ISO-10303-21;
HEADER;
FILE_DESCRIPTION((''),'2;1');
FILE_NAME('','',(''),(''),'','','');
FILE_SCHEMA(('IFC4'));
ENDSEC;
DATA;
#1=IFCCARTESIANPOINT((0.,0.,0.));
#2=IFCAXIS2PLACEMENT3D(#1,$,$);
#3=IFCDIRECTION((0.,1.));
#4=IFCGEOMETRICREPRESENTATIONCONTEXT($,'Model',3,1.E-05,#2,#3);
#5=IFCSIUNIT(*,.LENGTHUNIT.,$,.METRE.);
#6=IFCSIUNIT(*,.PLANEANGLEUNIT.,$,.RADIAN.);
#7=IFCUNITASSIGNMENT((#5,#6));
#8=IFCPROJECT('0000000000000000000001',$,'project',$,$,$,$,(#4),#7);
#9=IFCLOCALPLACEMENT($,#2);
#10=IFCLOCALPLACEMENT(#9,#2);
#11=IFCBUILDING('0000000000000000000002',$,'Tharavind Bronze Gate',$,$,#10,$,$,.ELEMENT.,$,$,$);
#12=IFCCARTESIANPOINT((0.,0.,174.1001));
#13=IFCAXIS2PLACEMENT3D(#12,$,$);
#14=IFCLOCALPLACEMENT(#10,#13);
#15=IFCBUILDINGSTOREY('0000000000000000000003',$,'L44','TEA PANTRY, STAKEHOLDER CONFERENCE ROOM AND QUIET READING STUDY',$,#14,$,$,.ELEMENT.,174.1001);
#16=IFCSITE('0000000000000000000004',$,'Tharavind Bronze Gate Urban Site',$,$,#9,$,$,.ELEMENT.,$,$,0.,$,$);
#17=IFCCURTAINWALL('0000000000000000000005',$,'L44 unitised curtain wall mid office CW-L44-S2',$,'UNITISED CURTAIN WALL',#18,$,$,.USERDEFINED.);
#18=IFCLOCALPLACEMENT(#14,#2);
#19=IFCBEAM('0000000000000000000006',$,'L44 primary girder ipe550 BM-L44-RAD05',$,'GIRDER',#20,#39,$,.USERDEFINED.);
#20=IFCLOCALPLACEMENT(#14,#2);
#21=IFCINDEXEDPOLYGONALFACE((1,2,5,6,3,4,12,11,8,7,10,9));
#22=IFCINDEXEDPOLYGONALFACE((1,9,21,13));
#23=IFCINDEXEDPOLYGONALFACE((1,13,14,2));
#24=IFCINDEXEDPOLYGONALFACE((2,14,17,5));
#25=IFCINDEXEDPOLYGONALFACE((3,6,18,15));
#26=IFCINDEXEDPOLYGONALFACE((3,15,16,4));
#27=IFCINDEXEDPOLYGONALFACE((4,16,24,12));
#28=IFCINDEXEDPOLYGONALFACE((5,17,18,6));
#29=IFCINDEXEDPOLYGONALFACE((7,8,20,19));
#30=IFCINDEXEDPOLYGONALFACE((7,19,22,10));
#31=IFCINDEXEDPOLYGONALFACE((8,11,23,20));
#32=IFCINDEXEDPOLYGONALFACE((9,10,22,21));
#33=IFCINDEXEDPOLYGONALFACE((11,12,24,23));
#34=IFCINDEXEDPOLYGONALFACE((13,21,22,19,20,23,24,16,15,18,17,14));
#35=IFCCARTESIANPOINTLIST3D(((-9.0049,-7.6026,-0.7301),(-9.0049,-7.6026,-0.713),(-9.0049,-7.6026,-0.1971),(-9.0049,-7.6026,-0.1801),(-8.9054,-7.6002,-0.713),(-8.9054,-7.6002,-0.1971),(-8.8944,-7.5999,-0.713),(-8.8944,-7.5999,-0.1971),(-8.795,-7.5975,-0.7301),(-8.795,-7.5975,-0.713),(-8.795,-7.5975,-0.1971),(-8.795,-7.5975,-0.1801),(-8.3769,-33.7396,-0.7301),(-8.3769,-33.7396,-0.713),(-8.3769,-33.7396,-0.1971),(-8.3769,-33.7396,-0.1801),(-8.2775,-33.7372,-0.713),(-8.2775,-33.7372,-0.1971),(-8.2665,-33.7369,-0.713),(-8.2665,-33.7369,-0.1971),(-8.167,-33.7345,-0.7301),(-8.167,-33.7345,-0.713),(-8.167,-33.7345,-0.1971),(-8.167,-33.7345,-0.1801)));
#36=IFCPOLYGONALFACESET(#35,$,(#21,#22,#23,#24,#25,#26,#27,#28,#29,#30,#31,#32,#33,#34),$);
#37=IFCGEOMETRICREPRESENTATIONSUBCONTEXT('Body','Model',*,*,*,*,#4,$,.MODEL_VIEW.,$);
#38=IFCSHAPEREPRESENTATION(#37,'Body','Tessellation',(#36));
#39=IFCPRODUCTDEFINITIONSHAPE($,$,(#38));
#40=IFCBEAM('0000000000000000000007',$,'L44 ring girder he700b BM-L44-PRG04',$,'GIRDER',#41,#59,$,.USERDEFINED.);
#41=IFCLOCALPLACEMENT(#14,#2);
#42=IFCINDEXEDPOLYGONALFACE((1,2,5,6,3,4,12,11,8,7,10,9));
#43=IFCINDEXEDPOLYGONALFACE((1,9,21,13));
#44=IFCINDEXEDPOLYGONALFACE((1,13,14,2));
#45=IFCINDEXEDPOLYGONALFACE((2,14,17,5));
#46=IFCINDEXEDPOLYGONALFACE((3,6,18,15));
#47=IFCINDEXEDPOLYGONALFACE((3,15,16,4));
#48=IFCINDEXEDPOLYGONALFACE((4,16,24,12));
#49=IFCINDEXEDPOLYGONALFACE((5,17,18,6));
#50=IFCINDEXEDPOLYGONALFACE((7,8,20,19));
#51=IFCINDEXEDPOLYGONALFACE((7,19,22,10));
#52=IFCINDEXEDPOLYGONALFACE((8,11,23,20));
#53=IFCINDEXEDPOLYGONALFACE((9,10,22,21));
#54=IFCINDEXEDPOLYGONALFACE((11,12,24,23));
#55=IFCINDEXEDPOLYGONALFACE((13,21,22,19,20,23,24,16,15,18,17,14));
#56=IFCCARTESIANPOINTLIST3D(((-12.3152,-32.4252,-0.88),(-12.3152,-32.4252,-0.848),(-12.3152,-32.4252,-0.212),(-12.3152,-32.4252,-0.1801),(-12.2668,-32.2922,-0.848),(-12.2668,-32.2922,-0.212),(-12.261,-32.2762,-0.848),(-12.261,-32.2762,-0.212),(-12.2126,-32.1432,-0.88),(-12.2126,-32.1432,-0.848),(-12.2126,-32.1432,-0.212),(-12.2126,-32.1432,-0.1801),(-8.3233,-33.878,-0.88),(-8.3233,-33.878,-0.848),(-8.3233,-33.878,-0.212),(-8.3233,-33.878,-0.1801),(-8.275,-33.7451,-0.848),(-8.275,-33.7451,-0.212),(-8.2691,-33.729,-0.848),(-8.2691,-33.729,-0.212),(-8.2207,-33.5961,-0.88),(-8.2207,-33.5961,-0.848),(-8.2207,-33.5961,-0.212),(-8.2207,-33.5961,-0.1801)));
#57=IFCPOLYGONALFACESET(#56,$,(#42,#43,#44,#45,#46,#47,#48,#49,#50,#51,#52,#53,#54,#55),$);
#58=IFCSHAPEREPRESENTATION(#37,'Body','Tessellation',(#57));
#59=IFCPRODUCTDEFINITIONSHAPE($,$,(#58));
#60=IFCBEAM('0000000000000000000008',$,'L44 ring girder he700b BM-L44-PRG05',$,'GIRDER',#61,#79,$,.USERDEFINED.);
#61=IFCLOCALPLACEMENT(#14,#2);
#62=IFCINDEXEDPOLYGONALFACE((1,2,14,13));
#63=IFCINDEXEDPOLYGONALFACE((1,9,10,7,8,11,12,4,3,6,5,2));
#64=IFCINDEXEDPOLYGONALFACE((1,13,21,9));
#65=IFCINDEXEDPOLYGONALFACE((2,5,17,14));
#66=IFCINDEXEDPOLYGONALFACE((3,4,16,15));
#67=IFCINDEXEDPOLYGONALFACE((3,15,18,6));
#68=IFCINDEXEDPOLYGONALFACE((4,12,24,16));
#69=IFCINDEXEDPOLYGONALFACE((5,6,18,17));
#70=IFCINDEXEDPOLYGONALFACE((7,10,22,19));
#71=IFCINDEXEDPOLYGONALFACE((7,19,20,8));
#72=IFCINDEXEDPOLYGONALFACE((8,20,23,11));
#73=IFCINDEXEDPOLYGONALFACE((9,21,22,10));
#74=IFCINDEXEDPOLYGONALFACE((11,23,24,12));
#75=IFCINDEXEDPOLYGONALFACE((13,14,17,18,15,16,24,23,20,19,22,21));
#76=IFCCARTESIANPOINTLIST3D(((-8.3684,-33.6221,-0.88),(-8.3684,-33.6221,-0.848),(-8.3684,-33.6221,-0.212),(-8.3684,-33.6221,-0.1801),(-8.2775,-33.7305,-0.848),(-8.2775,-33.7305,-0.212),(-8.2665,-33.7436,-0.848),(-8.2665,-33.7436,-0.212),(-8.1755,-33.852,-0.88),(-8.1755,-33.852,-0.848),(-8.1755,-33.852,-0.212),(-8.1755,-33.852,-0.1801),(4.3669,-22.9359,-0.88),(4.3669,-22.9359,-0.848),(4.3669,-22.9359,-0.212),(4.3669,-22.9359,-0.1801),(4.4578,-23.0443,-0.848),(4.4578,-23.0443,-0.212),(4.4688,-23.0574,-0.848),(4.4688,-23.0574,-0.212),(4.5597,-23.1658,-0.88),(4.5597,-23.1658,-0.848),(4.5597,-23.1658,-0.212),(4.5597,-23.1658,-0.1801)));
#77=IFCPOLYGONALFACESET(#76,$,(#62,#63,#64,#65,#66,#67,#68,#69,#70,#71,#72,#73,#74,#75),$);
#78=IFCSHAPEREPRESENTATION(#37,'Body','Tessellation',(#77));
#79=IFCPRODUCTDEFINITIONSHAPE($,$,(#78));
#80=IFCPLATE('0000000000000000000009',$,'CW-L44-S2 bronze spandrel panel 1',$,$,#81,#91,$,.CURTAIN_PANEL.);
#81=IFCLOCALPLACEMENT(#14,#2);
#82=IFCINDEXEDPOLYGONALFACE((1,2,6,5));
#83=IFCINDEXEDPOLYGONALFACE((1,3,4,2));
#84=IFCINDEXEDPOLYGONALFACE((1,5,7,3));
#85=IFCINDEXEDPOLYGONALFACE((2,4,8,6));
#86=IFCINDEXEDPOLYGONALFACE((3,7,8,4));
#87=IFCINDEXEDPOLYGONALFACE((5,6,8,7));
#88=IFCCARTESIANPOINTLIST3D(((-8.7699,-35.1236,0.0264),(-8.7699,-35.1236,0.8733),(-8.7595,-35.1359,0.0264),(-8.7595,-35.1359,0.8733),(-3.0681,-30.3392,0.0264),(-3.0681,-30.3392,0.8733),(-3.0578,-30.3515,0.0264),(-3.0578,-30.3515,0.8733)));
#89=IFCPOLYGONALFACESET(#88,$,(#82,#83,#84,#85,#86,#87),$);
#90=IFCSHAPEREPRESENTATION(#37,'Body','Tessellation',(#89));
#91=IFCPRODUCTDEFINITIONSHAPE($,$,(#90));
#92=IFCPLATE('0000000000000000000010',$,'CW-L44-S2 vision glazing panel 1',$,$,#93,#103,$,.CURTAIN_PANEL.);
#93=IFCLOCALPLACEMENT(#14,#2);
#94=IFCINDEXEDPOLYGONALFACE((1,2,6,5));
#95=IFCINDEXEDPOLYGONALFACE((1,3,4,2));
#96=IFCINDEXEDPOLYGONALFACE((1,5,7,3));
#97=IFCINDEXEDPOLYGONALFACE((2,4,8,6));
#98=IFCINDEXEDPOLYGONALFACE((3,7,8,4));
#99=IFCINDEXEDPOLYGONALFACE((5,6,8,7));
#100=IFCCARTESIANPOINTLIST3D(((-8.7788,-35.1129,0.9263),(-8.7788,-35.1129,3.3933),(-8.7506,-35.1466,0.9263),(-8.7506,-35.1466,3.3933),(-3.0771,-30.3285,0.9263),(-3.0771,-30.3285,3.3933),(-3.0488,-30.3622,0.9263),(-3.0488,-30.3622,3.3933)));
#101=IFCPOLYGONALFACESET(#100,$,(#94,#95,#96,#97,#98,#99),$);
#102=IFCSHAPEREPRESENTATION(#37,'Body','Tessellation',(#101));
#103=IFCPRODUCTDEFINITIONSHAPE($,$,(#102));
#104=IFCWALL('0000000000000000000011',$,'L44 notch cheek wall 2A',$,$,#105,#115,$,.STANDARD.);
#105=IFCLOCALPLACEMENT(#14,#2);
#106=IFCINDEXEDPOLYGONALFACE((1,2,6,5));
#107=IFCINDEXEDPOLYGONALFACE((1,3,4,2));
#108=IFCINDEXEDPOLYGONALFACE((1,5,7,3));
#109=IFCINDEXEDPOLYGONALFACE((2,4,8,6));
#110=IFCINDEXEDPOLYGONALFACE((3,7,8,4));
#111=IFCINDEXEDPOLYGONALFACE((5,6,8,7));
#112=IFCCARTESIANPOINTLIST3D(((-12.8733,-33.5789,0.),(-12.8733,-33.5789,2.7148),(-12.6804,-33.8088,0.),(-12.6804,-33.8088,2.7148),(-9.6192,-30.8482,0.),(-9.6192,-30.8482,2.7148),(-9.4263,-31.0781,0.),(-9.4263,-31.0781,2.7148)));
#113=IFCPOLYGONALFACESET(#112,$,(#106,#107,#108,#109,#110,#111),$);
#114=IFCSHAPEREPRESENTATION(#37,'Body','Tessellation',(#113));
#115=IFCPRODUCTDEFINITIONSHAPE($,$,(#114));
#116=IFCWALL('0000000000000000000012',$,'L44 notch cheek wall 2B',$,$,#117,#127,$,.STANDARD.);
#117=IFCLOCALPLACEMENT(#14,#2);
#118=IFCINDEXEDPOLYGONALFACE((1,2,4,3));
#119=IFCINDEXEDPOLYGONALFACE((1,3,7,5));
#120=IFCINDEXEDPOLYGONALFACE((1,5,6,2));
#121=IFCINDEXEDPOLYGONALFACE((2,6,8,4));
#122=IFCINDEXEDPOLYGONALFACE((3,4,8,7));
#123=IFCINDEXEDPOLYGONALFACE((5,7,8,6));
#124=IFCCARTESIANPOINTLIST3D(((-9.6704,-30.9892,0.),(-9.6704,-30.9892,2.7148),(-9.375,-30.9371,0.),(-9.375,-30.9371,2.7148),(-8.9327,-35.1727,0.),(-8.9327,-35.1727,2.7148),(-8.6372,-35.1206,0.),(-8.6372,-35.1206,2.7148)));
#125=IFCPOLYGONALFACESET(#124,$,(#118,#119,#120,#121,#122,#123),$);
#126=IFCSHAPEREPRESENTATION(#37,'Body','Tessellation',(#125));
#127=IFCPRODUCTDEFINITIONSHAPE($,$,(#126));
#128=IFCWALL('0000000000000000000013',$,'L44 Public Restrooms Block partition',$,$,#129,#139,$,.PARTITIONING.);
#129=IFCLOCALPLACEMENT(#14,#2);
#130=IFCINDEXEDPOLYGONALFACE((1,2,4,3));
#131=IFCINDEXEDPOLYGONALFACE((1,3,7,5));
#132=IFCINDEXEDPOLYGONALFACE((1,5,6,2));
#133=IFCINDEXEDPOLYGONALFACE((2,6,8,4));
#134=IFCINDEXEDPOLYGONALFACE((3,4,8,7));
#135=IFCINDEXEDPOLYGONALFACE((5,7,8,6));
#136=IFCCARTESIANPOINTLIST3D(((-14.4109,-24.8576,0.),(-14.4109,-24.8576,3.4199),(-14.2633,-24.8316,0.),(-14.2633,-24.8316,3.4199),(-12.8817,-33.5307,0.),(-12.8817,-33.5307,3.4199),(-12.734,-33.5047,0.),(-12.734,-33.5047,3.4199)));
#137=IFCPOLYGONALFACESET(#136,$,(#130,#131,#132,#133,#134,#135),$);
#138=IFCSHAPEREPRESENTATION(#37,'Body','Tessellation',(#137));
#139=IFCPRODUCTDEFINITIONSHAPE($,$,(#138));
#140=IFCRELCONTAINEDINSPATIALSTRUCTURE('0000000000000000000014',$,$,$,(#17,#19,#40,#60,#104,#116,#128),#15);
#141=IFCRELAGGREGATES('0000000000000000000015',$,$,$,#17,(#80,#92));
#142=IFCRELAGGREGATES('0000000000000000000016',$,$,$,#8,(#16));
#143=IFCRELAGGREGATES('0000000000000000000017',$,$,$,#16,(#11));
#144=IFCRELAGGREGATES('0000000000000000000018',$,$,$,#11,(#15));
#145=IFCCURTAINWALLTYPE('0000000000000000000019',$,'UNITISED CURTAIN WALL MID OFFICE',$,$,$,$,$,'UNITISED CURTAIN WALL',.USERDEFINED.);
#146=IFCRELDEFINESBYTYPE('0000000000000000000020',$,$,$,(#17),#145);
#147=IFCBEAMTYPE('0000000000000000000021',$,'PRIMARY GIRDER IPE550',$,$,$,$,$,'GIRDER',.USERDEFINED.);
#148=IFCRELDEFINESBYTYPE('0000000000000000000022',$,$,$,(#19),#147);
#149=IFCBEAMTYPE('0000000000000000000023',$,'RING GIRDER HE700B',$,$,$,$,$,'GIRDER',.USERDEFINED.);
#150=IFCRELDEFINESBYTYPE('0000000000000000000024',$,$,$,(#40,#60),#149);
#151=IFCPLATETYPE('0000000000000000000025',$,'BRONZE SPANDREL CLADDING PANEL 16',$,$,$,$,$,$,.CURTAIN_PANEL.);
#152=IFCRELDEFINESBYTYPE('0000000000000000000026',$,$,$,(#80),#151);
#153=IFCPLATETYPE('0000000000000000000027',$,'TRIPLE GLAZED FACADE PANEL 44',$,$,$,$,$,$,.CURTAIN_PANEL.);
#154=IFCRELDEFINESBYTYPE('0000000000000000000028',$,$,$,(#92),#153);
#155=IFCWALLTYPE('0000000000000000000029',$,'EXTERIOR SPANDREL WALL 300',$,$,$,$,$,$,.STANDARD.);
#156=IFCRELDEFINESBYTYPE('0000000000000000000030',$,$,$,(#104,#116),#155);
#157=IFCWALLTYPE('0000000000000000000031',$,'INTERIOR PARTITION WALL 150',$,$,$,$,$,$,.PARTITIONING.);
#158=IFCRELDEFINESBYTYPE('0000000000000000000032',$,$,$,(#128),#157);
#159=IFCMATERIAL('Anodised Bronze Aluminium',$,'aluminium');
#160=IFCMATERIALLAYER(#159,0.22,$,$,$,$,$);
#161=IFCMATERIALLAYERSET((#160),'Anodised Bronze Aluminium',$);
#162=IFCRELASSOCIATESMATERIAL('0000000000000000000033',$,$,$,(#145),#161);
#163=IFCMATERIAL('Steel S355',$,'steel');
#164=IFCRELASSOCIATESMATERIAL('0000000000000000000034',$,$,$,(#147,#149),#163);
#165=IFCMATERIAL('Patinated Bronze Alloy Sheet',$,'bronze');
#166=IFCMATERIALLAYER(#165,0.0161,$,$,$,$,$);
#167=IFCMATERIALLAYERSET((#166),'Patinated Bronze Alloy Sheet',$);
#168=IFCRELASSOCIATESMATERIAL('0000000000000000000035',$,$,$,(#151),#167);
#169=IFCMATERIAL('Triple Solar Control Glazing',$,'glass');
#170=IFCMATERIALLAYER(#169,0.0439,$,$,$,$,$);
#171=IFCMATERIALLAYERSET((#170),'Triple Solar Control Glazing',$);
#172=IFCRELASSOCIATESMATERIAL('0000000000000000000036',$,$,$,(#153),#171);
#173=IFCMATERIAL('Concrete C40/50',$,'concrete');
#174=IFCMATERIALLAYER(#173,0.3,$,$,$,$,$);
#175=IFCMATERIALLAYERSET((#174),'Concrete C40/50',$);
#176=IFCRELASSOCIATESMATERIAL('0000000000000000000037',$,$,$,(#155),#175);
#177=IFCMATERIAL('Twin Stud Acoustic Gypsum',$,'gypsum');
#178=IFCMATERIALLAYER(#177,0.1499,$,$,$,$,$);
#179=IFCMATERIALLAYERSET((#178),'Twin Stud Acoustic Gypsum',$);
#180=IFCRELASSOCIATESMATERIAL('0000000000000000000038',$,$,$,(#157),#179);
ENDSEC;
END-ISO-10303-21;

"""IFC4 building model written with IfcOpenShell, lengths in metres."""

from ifc_helpers import new_model, si_unit, direction, frame, frame_2d, origin, origin_2d, place, context, subcontext, project, spatial, rectangle, i_section, extrude, material, layer, layer_set, material_profile, profile_set, type_object, element, aggregate, save


model = new_model("IFC4")

# Units and contexts
model_context = context("Model", 3, precision=1e-05, world=origin(), true_north=direction((0.0, 1.0)))
body_context = subcontext(model_context, "Body", "Model", "MODEL_VIEW")
ifc_project = project(units=[si_unit("LENGTHUNIT", "METRE"), si_unit("PLANEANGLEUNIT", "RADIAN")], contexts=[model_context])

# Site, building, storey
site_placement = place(None, origin())
site = spatial("IfcSite", under=ifc_project, at=site_placement, Name="Tharavind Bronze Gate Urban Site", CompositionType="ELEMENT", RefElevation=0.0)
building_placement = place(site_placement, origin())
building = spatial("IfcBuilding", under=site, at=building_placement, Name="Tharavind Bronze Gate", CompositionType="ELEMENT")
storey_placement = place(building_placement, frame((0.0, 0.0, 174.1001)))
storey = spatial("IfcBuildingStorey", under=building, at=storey_placement, Name="L44", Description="TEA PANTRY, STAKEHOLDER CONFERENCE ROOM AND QUIET READING STUDY", CompositionType="ELEMENT", Elevation=174.1001)

# Shared definitions
ifc_material_1 = material(Name="Anodised Bronze Aluminium", Category="aluminium")
ifc_layer_1 = layer(ifc_material_1, 0.22)
ifc_layer_set_1 = layer_set([ifc_layer_1], Name="Anodised Bronze Aluminium")
curtain_wall_type = type_object("IfcCurtainWallType", Name="UNITISED CURTAIN WALL MID OFFICE", ElementType="UNITISED CURTAIN WALL", PredefinedType="USERDEFINED", material=ifc_layer_set_1)

# Curtain wall
curtain_wall_1_placement = place(storey_placement, origin())
curtain_wall_1 = element("IfcCurtainWall", 1, at=curtain_wall_1_placement, inside=storey, type_object=curtain_wall_type, Name="L44 unitised curtain wall mid office CW-L44-S2", ObjectType="UNITISED CURTAIN WALL", PredefinedType="USERDEFINED")

# Beams
ifc_material_2 = material(Name="Steel S355", Category="steel")
ifc_material_profile_1 = material_profile(ifc_material_2, i_section(OverallWidth=0.21, OverallDepth=0.55, WebThickness=0.011, FlangeThickness=0.0171, at=origin_2d()), Name="IPE550")
ifc_profile_set_1 = profile_set([ifc_material_profile_1], Name="Steel S355")
beam_type_1 = type_object("IfcBeamType", Name="PRIMARY GIRDER IPE550", ElementType="GIRDER", PredefinedType="USERDEFINED", material=ifc_profile_set_1)
beam_1_placement = place(storey_placement, frame((-8.272, -33.7371, -0.4551), z_axis=(-0.024018, 0.999712, 0.0), x_axis=(-0.999712, -0.024018, 0.0)))
element("IfcBeam", 2, at=beam_1_placement, inside=storey, type_object=beam_type_1, Name="L44 primary girder ipe550 BM-L44-RAD05", ObjectType="GIRDER", PredefinedType="USERDEFINED", context=body_context, shape_type="SweptSolid", body=[
    extrude(i_section(OverallWidth=0.21, OverallDepth=0.55, WebThickness=0.011, FlangeThickness=0.0171, at=origin_2d()), origin(), (0.0, 0.0, 1.0), 26.1445),
])
ifc_material_profile_2 = material_profile(ifc_material_2, i_section(OverallWidth=0.3, OverallDepth=0.7, WebThickness=0.0171, FlangeThickness=0.032, at=origin_2d()), Name="HE700B")
ifc_profile_set_2 = profile_set([ifc_material_profile_2], Name="Steel S355")
beam_type_2 = type_object("IfcBeamType", Name="RING GIRDER HE700B", ElementType="GIRDER", PredefinedType="USERDEFINED", material=ifc_profile_set_2)
beam_2_placement = place(storey_placement, frame((-12.2639, -32.2842, -0.53), z_axis=(0.939698, -0.342006, 0.0), x_axis=(0.342006, 0.939698, 0.0)))
element("IfcBeam", 3, at=beam_2_placement, inside=storey, type_object=beam_type_2, Name="L44 ring girder he700b BM-L44-PRG04", ObjectType="GIRDER", PredefinedType="USERDEFINED", context=body_context, shape_type="SweptSolid", body=[
    extrude(i_section(OverallWidth=0.3, OverallDepth=0.7, WebThickness=0.0171, FlangeThickness=0.032, at=origin_2d()), origin(), (0.0, 0.0, 1.0), 4.248),
])
beam_3_placement = place(storey_placement, frame((-8.272, -33.7371, -0.53), z_axis=(0.766043, 0.642789, 0.0), x_axis=(-0.642789, 0.766043, 0.0)))
element("IfcBeam", 4, at=beam_3_placement, inside=storey, type_object=beam_type_2, Name="L44 ring girder he700b BM-L44-PRG05", ObjectType="GIRDER", PredefinedType="USERDEFINED", context=body_context, shape_type="SweptSolid", body=[
    extrude(i_section(OverallWidth=0.3, OverallDepth=0.7, WebThickness=0.0171, FlangeThickness=0.032, at=origin_2d()), origin(), (0.0, 0.0, 1.0), 16.6248),
])

# Plates
ifc_material_3 = material(Name="Patinated Bronze Alloy Sheet", Category="bronze")
ifc_layer_2 = layer(ifc_material_3, 0.0161)
ifc_layer_set_2 = layer_set([ifc_layer_2], Name="Patinated Bronze Alloy Sheet")
plate_type_1 = type_object("IfcPlateType", Name="BRONZE SPANDREL CLADDING PANEL 16", PredefinedType="CURTAIN_PANEL", material=ifc_layer_set_2)
plate_1_placement = place(storey_placement, frame((-5.9138, -32.7375, 0.0264), z_axis=(0.0, 0.0, 1.0), x_axis=(0.766043, 0.642789, 0.0)))
plate_1 = element("IfcPlate", 5, at=plate_1_placement, type_object=plate_type_1, Name="CW-L44-S2 bronze spandrel panel 1", PredefinedType="CURTAIN_PANEL", context=body_context, shape_type="SweptSolid", body=[
    extrude(rectangle(XDim=7.4431, YDim=0.0161, at=origin_2d()), origin(), (0.0, 0.0, 1.0), 0.8469),
])
ifc_material_4 = material(Name="Triple Solar Control Glazing", Category="glass")
ifc_layer_3 = layer(ifc_material_4, 0.0439)
ifc_layer_set_3 = layer_set([ifc_layer_3], Name="Triple Solar Control Glazing")
plate_type_2 = type_object("IfcPlateType", Name="TRIPLE GLAZED FACADE PANEL 44", PredefinedType="CURTAIN_PANEL", material=ifc_layer_set_3)
plate_2_placement = place(storey_placement, frame((-5.9138, -32.7375, 0.9263), z_axis=(0.0, 0.0, 1.0), x_axis=(0.766043, 0.642789, 0.0)))
plate_2 = element("IfcPlate", 6, at=plate_2_placement, type_object=plate_type_2, Name="CW-L44-S2 vision glazing panel 1", PredefinedType="CURTAIN_PANEL", context=body_context, shape_type="SweptSolid", body=[
    extrude(rectangle(XDim=7.4431, YDim=0.0439, at=origin_2d()), origin(), (0.0, 0.0, 1.0), 2.467),
])
aggregate(curtain_wall_1, [plate_1, plate_2])

# Walls
ifc_material_5 = material(Name="Concrete C40/50", Category="concrete")
ifc_layer_4 = layer(ifc_material_5, 0.3)
ifc_layer_set_4 = layer_set([ifc_layer_4], Name="Concrete C40/50")
wall_type_1 = type_object("IfcWallType", Name="EXTERIOR SPANDREL WALL 300", PredefinedType="STANDARD", material=ifc_layer_set_4)
for number, where, z_axis, x_axis, name in (
    (7, (-12.7769, -33.6938, 0.0), (0.0, 0.0, 1.0), (0.766026, 0.642809, 0.0), "L44 notch cheek wall 2A"),
    (8, (-9.5227, -30.9631, 0.0), (0.0, 0.0, 1.0), (0.173674, -0.984803, 0.0), "L44 notch cheek wall 2B"),
):
    element("IfcWall", number, at=place(storey_placement, frame(where, z_axis=z_axis, x_axis=x_axis)), inside=storey, type_object=wall_type_1, Name=name, PredefinedType="STANDARD", context=body_context, shape_type="SweptSolid", body=[
        extrude(rectangle(XDim=4.248, YDim=0.3, at=frame_2d((2.124, 0.0))), origin(), (0.0, 0.0, 1.0), 2.7148),
    ])
ifc_material_6 = material(Name="Twin Stud Acoustic Gypsum", Category="gypsum")
ifc_layer_5 = layer(ifc_material_6, 0.1499)
ifc_layer_set_5 = layer_set([ifc_layer_5], Name="Twin Stud Acoustic Gypsum")
wall_type_2 = type_object("IfcWallType", Name="INTERIOR PARTITION WALL 150", PredefinedType="PARTITIONING", material=ifc_layer_set_5)
wall_placement = place(storey_placement, frame((-12.8079, -33.5176, 0.0), z_axis=(0.0, 0.0, 1.0), x_axis=(-0.173648, 0.984808, 0.0)))
element("IfcWall", 9, at=wall_placement, inside=storey, type_object=wall_type_2, Name="L44 Public Restrooms Block partition", PredefinedType="PARTITIONING", context=body_context, shape_type="SweptSolid", body=[
    extrude(rectangle(XDim=8.8069, YDim=0.1499, at=frame_2d((4.4033, 0.0))), origin(), (0.0, 0.0, 1.0), 3.4199),
])

save(model, "model.ifc")
